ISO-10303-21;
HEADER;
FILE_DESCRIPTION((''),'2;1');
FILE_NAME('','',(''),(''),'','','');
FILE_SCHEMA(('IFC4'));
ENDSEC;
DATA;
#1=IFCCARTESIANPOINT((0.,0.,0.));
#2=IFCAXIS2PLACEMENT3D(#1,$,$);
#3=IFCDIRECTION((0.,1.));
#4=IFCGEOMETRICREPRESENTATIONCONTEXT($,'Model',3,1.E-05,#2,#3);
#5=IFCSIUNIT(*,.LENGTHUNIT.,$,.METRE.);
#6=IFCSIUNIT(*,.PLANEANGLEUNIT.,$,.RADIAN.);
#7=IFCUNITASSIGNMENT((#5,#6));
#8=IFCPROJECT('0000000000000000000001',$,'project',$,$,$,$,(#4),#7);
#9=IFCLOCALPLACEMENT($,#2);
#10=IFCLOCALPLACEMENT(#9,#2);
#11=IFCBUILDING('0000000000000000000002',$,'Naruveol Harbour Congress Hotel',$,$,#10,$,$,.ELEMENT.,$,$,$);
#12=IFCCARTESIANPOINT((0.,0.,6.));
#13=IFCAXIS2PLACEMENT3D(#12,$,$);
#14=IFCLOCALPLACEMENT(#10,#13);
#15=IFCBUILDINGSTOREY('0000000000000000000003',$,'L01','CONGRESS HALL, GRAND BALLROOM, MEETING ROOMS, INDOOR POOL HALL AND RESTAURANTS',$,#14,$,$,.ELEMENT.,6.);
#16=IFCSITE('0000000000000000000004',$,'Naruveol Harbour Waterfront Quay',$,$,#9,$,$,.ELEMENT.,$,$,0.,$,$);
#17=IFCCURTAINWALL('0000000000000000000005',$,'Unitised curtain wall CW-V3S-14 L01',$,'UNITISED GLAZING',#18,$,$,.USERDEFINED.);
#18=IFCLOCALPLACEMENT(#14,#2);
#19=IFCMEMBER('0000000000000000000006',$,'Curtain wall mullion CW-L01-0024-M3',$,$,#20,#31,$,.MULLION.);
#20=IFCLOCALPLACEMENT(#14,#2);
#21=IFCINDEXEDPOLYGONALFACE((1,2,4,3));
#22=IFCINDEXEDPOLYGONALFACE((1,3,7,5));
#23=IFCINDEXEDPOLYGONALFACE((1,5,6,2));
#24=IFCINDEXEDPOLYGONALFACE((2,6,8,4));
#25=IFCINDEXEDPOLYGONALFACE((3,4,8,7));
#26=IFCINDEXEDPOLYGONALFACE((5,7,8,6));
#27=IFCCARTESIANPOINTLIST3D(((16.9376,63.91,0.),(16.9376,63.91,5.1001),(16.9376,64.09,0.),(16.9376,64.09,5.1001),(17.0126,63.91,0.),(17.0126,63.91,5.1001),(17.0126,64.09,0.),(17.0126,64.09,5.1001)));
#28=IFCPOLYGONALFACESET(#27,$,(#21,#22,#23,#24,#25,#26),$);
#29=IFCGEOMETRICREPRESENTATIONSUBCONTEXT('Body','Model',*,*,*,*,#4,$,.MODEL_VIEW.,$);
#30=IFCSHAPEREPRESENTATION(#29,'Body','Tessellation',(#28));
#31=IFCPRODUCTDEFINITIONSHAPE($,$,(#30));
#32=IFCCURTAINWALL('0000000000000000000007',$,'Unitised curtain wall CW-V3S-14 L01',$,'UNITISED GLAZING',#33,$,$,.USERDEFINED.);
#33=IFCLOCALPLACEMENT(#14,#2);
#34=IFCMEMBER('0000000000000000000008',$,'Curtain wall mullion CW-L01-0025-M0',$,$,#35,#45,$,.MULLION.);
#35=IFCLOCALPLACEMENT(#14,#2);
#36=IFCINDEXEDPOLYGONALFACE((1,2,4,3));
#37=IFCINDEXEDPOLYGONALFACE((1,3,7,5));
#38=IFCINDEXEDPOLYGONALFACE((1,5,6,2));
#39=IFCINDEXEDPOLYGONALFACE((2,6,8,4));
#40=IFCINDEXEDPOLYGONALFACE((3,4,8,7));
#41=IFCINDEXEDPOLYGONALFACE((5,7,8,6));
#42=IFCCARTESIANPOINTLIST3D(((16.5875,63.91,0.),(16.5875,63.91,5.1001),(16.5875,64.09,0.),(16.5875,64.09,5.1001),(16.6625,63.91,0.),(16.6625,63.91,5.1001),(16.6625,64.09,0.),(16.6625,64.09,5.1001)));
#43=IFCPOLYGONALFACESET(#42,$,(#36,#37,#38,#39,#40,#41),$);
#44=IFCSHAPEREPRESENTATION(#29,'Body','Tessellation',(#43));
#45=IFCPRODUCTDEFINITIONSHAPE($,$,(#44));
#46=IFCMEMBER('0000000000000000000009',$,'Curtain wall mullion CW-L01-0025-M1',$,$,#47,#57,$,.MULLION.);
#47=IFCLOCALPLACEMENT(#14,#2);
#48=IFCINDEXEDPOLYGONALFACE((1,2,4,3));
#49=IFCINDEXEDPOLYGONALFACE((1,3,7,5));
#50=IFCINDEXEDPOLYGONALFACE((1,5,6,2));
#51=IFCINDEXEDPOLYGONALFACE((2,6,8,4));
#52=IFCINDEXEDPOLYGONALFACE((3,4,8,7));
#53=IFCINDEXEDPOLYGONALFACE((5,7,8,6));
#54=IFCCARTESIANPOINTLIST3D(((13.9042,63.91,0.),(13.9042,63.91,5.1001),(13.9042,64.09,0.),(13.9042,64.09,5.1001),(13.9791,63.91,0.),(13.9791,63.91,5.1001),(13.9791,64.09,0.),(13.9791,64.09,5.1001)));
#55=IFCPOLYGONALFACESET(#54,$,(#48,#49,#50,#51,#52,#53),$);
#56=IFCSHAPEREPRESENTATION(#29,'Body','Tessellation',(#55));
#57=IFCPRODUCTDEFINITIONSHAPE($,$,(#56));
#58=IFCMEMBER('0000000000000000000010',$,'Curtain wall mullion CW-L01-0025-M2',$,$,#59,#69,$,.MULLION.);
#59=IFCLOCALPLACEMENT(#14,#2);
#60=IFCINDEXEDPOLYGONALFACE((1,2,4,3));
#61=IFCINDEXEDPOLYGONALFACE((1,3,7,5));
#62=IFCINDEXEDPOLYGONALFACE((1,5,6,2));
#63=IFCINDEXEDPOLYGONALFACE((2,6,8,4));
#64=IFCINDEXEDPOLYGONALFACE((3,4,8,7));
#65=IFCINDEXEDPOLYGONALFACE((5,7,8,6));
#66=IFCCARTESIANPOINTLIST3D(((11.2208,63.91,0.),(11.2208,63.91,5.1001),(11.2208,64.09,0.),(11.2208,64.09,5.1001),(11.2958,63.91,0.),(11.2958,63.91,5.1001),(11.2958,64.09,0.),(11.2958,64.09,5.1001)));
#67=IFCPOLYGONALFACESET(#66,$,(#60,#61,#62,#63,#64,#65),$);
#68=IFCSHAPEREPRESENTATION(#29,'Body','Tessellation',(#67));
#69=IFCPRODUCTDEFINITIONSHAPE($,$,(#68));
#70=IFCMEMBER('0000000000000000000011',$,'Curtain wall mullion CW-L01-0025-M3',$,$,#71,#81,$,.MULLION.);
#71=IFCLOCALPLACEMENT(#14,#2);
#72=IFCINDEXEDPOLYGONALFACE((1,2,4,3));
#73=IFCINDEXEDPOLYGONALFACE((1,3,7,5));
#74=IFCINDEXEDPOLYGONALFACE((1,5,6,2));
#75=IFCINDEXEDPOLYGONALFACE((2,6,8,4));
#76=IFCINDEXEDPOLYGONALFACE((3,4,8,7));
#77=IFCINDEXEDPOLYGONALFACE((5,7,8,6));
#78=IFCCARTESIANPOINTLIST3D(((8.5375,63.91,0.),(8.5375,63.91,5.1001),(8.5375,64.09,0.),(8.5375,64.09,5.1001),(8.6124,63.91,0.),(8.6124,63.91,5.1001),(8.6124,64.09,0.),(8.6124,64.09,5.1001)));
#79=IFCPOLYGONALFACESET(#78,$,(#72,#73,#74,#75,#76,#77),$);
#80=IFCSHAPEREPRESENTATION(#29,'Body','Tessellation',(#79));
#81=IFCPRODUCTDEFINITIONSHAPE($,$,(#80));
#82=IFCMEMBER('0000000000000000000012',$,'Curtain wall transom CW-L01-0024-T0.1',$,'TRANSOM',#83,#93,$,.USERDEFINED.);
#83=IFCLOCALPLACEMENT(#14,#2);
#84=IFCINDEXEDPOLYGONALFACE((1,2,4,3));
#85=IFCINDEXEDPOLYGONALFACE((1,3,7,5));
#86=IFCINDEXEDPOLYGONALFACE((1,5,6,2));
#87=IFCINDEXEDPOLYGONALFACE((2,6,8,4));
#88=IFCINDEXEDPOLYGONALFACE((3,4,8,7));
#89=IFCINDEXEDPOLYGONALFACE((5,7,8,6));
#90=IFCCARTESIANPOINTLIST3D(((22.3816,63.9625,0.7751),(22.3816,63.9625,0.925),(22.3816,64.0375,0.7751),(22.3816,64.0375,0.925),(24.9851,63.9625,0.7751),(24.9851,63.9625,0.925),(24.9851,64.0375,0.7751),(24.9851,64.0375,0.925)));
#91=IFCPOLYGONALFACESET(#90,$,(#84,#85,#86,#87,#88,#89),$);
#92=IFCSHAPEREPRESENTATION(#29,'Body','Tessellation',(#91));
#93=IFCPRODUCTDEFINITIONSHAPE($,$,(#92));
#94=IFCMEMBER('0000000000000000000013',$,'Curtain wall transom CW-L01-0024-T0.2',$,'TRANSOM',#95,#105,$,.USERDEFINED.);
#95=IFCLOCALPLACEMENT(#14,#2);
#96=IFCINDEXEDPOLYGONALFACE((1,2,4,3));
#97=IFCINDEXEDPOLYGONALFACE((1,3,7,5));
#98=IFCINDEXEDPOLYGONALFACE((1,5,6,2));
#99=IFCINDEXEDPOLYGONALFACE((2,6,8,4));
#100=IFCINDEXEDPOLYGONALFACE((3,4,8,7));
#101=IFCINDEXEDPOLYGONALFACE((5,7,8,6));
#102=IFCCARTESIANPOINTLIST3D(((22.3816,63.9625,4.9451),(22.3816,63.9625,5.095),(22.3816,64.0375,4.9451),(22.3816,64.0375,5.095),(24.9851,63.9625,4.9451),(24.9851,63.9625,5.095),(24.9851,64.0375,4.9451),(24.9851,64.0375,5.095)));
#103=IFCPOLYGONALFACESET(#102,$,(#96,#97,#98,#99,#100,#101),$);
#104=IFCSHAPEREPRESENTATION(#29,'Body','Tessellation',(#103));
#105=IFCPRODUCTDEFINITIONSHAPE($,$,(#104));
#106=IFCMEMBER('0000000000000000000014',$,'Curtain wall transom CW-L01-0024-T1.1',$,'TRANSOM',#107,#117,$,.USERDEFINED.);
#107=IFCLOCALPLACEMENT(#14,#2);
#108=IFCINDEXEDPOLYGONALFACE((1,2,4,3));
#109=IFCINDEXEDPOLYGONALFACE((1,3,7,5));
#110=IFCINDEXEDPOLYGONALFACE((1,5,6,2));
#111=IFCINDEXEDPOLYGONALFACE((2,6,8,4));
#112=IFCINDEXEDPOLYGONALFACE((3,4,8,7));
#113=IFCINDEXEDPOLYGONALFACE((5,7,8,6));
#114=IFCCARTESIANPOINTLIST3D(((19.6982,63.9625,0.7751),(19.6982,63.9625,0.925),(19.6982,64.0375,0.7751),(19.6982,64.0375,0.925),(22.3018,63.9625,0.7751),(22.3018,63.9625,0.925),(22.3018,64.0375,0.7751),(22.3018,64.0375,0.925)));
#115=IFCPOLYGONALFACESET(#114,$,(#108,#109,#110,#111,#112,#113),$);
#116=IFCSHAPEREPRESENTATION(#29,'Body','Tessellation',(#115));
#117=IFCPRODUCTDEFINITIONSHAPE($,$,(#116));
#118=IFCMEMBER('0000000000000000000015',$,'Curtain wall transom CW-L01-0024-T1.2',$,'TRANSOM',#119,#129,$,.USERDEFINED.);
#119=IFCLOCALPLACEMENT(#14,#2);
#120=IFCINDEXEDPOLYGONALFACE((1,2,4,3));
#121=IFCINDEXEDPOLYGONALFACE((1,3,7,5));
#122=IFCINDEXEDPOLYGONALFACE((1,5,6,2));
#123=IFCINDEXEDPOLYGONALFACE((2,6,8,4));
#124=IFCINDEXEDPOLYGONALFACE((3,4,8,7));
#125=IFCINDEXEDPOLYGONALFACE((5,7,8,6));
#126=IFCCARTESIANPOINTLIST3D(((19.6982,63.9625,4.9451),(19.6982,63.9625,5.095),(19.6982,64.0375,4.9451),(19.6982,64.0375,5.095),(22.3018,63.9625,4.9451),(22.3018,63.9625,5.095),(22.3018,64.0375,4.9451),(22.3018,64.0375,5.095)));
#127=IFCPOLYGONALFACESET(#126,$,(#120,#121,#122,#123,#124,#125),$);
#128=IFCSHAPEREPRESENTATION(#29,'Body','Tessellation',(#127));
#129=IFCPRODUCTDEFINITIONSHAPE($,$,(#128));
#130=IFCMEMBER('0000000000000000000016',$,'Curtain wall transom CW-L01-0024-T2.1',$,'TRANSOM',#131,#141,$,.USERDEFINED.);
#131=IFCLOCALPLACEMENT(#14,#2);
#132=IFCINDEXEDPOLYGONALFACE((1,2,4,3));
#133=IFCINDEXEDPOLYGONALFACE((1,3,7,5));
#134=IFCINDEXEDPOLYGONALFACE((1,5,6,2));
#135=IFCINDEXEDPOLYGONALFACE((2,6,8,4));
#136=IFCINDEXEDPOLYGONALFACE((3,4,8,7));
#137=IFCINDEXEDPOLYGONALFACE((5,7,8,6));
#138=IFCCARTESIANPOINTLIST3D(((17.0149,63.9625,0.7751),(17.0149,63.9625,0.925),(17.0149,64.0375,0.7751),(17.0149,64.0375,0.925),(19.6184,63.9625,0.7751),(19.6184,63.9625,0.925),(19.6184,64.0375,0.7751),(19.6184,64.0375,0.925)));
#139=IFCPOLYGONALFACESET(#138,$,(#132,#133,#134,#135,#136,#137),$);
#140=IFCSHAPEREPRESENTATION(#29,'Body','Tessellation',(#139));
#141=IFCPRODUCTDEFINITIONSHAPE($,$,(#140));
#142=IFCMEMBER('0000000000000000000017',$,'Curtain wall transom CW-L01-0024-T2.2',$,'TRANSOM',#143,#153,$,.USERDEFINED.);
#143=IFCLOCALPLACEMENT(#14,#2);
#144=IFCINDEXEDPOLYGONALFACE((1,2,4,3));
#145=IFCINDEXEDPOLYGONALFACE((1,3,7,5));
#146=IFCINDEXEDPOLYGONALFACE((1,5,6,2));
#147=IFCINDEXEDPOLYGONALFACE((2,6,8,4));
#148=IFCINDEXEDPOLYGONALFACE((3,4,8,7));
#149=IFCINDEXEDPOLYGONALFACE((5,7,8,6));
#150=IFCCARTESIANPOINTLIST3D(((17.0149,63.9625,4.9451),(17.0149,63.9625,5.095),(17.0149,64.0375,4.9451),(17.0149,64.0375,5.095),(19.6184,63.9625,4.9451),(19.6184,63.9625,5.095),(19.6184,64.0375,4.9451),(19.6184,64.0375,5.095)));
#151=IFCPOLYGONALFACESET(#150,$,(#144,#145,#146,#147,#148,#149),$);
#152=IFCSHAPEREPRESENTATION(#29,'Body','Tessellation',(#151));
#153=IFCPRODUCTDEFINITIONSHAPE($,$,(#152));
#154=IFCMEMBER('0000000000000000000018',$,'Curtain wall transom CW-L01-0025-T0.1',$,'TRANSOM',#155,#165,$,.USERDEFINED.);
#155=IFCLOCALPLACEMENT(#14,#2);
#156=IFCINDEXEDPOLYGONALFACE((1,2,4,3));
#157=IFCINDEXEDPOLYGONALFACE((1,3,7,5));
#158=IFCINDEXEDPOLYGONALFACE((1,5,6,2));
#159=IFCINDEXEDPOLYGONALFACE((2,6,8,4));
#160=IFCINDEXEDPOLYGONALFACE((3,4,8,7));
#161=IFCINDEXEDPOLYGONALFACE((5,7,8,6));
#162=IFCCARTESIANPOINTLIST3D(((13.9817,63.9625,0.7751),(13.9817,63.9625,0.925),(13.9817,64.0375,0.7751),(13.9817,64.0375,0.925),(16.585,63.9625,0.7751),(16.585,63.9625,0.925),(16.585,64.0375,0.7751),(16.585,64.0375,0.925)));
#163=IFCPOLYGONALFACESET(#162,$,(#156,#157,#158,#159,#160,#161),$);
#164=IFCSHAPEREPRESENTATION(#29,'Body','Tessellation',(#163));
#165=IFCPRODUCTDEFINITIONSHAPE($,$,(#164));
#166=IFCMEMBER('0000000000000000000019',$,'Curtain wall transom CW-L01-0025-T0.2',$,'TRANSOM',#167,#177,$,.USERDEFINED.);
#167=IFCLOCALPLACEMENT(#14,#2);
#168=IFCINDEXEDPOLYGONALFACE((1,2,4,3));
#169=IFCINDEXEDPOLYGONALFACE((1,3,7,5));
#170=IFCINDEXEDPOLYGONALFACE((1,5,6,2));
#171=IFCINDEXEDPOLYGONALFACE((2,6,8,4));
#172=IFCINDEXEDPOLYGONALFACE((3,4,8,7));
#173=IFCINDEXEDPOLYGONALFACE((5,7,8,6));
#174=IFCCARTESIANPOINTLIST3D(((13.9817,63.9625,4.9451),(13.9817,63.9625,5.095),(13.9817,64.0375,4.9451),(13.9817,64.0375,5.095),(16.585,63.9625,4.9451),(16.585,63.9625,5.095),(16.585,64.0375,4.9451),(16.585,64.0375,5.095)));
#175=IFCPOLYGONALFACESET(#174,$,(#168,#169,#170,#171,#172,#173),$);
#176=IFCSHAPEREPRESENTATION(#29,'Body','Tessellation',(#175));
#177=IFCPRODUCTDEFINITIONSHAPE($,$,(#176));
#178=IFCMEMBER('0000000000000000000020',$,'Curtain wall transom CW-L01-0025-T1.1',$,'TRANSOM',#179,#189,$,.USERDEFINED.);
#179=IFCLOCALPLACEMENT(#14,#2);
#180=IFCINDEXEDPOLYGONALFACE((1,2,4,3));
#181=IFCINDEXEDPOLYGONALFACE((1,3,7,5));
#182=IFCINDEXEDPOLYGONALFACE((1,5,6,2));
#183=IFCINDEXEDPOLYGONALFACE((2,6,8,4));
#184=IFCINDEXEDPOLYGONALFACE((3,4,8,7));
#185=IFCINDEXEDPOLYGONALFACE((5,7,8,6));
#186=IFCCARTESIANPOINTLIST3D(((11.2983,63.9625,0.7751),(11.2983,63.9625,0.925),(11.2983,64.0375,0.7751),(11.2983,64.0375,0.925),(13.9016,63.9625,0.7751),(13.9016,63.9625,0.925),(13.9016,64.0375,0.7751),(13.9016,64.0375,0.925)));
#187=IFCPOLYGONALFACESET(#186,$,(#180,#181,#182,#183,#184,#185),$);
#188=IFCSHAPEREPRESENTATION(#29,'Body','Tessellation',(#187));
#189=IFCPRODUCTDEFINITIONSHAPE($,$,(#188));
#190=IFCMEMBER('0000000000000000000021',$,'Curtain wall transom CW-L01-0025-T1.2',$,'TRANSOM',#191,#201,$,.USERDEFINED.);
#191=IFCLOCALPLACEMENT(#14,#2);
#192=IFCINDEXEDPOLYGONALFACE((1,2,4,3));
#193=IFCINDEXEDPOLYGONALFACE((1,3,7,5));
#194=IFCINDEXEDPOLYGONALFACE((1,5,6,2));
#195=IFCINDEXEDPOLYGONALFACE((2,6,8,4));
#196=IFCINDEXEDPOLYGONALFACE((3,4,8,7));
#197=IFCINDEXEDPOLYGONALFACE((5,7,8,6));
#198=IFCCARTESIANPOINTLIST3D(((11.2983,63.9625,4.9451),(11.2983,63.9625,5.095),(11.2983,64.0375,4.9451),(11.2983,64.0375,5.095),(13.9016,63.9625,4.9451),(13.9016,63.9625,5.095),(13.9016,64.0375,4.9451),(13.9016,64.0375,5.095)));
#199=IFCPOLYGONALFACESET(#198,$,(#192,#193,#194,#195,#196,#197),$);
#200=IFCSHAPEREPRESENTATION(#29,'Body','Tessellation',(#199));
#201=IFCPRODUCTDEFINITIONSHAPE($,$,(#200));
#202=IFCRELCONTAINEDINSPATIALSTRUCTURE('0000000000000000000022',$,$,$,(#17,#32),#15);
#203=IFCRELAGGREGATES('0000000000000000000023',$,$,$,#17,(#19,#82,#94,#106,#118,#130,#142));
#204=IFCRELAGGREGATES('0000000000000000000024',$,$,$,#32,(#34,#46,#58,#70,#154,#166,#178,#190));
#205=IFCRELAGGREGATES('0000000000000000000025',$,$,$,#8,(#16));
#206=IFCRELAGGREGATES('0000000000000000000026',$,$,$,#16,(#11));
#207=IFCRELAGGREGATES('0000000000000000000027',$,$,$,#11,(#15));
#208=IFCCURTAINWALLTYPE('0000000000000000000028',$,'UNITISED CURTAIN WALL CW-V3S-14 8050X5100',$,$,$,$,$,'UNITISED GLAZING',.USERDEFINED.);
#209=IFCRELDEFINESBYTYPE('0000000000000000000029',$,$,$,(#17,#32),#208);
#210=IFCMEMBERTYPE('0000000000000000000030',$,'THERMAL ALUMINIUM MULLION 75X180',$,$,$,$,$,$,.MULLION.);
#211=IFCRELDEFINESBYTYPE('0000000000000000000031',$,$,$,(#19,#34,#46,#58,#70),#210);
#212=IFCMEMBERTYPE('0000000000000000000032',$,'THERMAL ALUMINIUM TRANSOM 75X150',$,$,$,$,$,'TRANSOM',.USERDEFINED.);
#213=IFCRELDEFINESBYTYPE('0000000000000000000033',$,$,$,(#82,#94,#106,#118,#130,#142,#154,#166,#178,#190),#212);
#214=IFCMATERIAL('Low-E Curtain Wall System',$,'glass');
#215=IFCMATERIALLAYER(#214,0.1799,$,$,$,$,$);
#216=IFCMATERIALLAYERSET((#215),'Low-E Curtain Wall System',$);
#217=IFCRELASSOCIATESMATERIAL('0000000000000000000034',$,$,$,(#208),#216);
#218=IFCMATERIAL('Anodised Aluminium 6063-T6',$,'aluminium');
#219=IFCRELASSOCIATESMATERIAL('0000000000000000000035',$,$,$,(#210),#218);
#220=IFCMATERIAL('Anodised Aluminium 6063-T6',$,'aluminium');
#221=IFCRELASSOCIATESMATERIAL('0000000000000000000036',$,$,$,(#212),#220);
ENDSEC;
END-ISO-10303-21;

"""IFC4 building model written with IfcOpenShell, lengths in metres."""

from ifc_helpers import new_model, si_unit, direction, frame, origin, origin_2d, place, context, subcontext, project, spatial, rectangle, extrude, material, layer, layer_set, material_profile, profile_set, type_object, element, aggregate, save


model = new_model("IFC4")

# Units and contexts
model_context = context("Model", 3, precision=1e-05, world=origin(), true_north=direction((0.0, 1.0)))
body_context = subcontext(model_context, "Body", "Model", "MODEL_VIEW")
ifc_project = project(units=[si_unit("LENGTHUNIT", "METRE"), si_unit("PLANEANGLEUNIT", "RADIAN")], contexts=[model_context])

# Site, building, storey
site_placement = place(None, origin())
site = spatial("IfcSite", under=ifc_project, at=site_placement, Name="Naruveol Harbour Waterfront Quay", CompositionType="ELEMENT", RefElevation=0.0)
building_placement = place(site_placement, origin())
building = spatial("IfcBuilding", under=site, at=building_placement, Name="Naruveol Harbour Congress Hotel", CompositionType="ELEMENT")
storey_placement = place(building_placement, frame((0.0, 0.0, 6.0)))
storey = spatial("IfcBuildingStorey", under=building, at=storey_placement, Name="L01", Description="CONGRESS HALL, GRAND BALLROOM, MEETING ROOMS, INDOOR POOL HALL AND RESTAURANTS", CompositionType="ELEMENT", Elevation=6.0)

# Shared definitions
ifc_material_1 = material(Name="Low-E Curtain Wall System", Category="glass")
ifc_layer_1 = layer(ifc_material_1, 0.1799)
ifc_layer_set_1 = layer_set([ifc_layer_1], Name="Low-E Curtain Wall System")
curtain_wall_type = type_object("IfcCurtainWallType", Name="UNITISED CURTAIN WALL CW-V3S-14 8050X5100", ElementType="UNITISED GLAZING", PredefinedType="USERDEFINED", material=ifc_layer_set_1)
ifc_material_2 = material(Name="Anodised Aluminium 6063-T6", Category="aluminium")
ifc_material_profile_1 = material_profile(ifc_material_2, rectangle(XDim=0.075, YDim=0.1799, at=origin_2d()), Name="ALU-75x180")
ifc_profile_set_1 = profile_set([ifc_material_profile_1], Name="Anodised Aluminium 6063-T6")
member_type_1 = type_object("IfcMemberType", Name="THERMAL ALUMINIUM MULLION 75X180", PredefinedType="MULLION", material=ifc_profile_set_1)

# Curtain walls, members
curtain_wall_1_placement = place(storey_placement, origin())
curtain_wall_1 = element("IfcCurtainWall", 1, at=curtain_wall_1_placement, inside=storey, type_object=curtain_wall_type, Name="Unitised curtain wall CW-V3S-14 L01", ObjectType="UNITISED GLAZING", PredefinedType="USERDEFINED")
member_1_placement = place(storey_placement, frame((16.9751, 64.0, 0.0), z_axis=(0.0, 0.0, 1.0), x_axis=(1.0, 0.0, 0.0)))
member_1 = element("IfcMember", 2, at=member_1_placement, type_object=member_type_1, Name="Curtain wall mullion CW-L01-0024-M3", PredefinedType="MULLION", context=body_context, shape_type="SweptSolid", body=[
    extrude(rectangle(XDim=0.075, YDim=0.1799, at=origin_2d()), origin(), (0.0, 0.0, 1.0), 5.1001),
])
curtain_wall_2_placement = place(storey_placement, origin())
curtain_wall_2 = element("IfcCurtainWall", 3, at=curtain_wall_2_placement, inside=storey, type_object=curtain_wall_type, Name="Unitised curtain wall CW-V3S-14 L01", ObjectType="UNITISED GLAZING", PredefinedType="USERDEFINED")
member_2_placement = place(storey_placement, frame((16.625, 64.0, 0.0), z_axis=(0.0, 0.0, 1.0), x_axis=(1.0, 0.0, 0.0)))
member_2 = element("IfcMember", 4, at=member_2_placement, type_object=member_type_1, Name="Curtain wall mullion CW-L01-0025-M0", PredefinedType="MULLION", context=body_context, shape_type="SweptSolid", body=[
    extrude(rectangle(XDim=0.075, YDim=0.1799, at=origin_2d()), origin(), (0.0, 0.0, 1.0), 5.1001),
])
member_3_placement = place(storey_placement, frame((13.9417, 64.0, 0.0), z_axis=(0.0, 0.0, 1.0), x_axis=(1.0, 0.0, 0.0)))
member_3 = element("IfcMember", 5, at=member_3_placement, type_object=member_type_1, Name="Curtain wall mullion CW-L01-0025-M1", PredefinedType="MULLION", context=body_context, shape_type="SweptSolid", body=[
    extrude(rectangle(XDim=0.075, YDim=0.1799, at=origin_2d()), origin(), (0.0, 0.0, 1.0), 5.1001),
])
member_4_placement = place(storey_placement, frame((11.2583, 64.0, 0.0), z_axis=(0.0, 0.0, 1.0), x_axis=(1.0, 0.0, 0.0)))
member_4 = element("IfcMember", 6, at=member_4_placement, type_object=member_type_1, Name="Curtain wall mullion CW-L01-0025-M2", PredefinedType="MULLION", context=body_context, shape_type="SweptSolid", body=[
    extrude(rectangle(XDim=0.075, YDim=0.1799, at=origin_2d()), origin(), (0.0, 0.0, 1.0), 5.1001),
])
member_5_placement = place(storey_placement, frame((8.575, 64.0, 0.0), z_axis=(0.0, 0.0, 1.0), x_axis=(1.0, 0.0, 0.0)))
member_5 = element("IfcMember", 7, at=member_5_placement, type_object=member_type_1, Name="Curtain wall mullion CW-L01-0025-M3", PredefinedType="MULLION", context=body_context, shape_type="SweptSolid", body=[
    extrude(rectangle(XDim=0.075, YDim=0.1799, at=origin_2d()), origin(), (0.0, 0.0, 1.0), 5.1001),
])

# Members
ifc_material_3 = material(Name="Anodised Aluminium 6063-T6", Category="aluminium")
ifc_material_profile_2 = material_profile(ifc_material_3, rectangle(XDim=0.075, YDim=0.1499, at=origin_2d()), Name="ALU-75x150")
ifc_profile_set_2 = profile_set([ifc_material_profile_2], Name="Anodised Aluminium 6063-T6")
member_type_2 = type_object("IfcMemberType", Name="THERMAL ALUMINIUM TRANSOM 75X150", ElementType="TRANSOM", PredefinedType="USERDEFINED", material=ifc_profile_set_2)
member_6_placement = place(storey_placement, frame((24.9851, 64.0, 0.8501), z_axis=(-1.0, 0.0, 0.0), x_axis=(0.0, -1.0, 0.0)))
member_6 = element("IfcMember", 8, at=member_6_placement, type_object=member_type_2, Name="Curtain wall transom CW-L01-0024-T0.1", ObjectType="TRANSOM", PredefinedType="USERDEFINED", context=body_context, shape_type="SweptSolid", body=[
    extrude(rectangle(XDim=0.075, YDim=0.1499, at=origin_2d()), origin(), (0.0, 0.0, 1.0), 2.6035),
])
member_7_placement = place(storey_placement, frame((24.9851, 64.0, 5.02), z_axis=(-1.0, 0.0, 0.0), x_axis=(0.0, -1.0, 0.0)))
member_7 = element("IfcMember", 9, at=member_7_placement, type_object=member_type_2, Name="Curtain wall transom CW-L01-0024-T0.2", ObjectType="TRANSOM", PredefinedType="USERDEFINED", context=body_context, shape_type="SweptSolid", body=[
    extrude(rectangle(XDim=0.075, YDim=0.1499, at=origin_2d()), origin(), (0.0, 0.0, 1.0), 2.6035),
])
member_8_placement = place(storey_placement, frame((22.3018, 64.0, 0.8501), z_axis=(-1.0, 0.0, 0.0), x_axis=(0.0, -1.0, 0.0)))
member_8 = element("IfcMember", 10, at=member_8_placement, type_object=member_type_2, Name="Curtain wall transom CW-L01-0024-T1.1", ObjectType="TRANSOM", PredefinedType="USERDEFINED", context=body_context, shape_type="SweptSolid", body=[
    extrude(rectangle(XDim=0.075, YDim=0.1499, at=origin_2d()), origin(), (0.0, 0.0, 1.0), 2.6035),
])
member_9_placement = place(storey_placement, frame((22.3018, 64.0, 5.02), z_axis=(-1.0, 0.0, 0.0), x_axis=(0.0, -1.0, 0.0)))
member_9 = element("IfcMember", 11, at=member_9_placement, type_object=member_type_2, Name="Curtain wall transom CW-L01-0024-T1.2", ObjectType="TRANSOM", PredefinedType="USERDEFINED", context=body_context, shape_type="SweptSolid", body=[
    extrude(rectangle(XDim=0.075, YDim=0.1499, at=origin_2d()), origin(), (0.0, 0.0, 1.0), 2.6035),
])
member_10_placement = place(storey_placement, frame((19.6184, 64.0, 0.8501), z_axis=(-1.0, 0.0, 0.0), x_axis=(0.0, -1.0, 0.0)))
member_10 = element("IfcMember", 12, at=member_10_placement, type_object=member_type_2, Name="Curtain wall transom CW-L01-0024-T2.1", ObjectType="TRANSOM", PredefinedType="USERDEFINED", context=body_context, shape_type="SweptSolid", body=[
    extrude(rectangle(XDim=0.075, YDim=0.1499, at=origin_2d()), origin(), (0.0, 0.0, 1.0), 2.6035),
])
member_11_placement = place(storey_placement, frame((19.6184, 64.0, 5.02), z_axis=(-1.0, 0.0, 0.0), x_axis=(0.0, -1.0, 0.0)))
member_11 = element("IfcMember", 13, at=member_11_placement, type_object=member_type_2, Name="Curtain wall transom CW-L01-0024-T2.2", ObjectType="TRANSOM", PredefinedType="USERDEFINED", context=body_context, shape_type="SweptSolid", body=[
    extrude(rectangle(XDim=0.075, YDim=0.1499, at=origin_2d()), origin(), (0.0, 0.0, 1.0), 2.6035),
])
aggregate(curtain_wall_1, [member_1, member_6, member_7, member_8, member_9, member_10, member_11])
member_12_placement = place(storey_placement, frame((16.585, 64.0, 0.8501), z_axis=(-1.0, 0.0, 0.0), x_axis=(0.0, -1.0, 0.0)))
member_12 = element("IfcMember", 14, at=member_12_placement, type_object=member_type_2, Name="Curtain wall transom CW-L01-0025-T0.1", ObjectType="TRANSOM", PredefinedType="USERDEFINED", context=body_context, shape_type="SweptSolid", body=[
    extrude(rectangle(XDim=0.075, YDim=0.1499, at=origin_2d()), origin(), (0.0, 0.0, 1.0), 2.6033),
])
member_13_placement = place(storey_placement, frame((16.585, 64.0, 5.02), z_axis=(-1.0, 0.0, 0.0), x_axis=(0.0, -1.0, 0.0)))
member_13 = element("IfcMember", 15, at=member_13_placement, type_object=member_type_2, Name="Curtain wall transom CW-L01-0025-T0.2", ObjectType="TRANSOM", PredefinedType="USERDEFINED", context=body_context, shape_type="SweptSolid", body=[
    extrude(rectangle(XDim=0.075, YDim=0.1499, at=origin_2d()), origin(), (0.0, 0.0, 1.0), 2.6033),
])
member_14_placement = place(storey_placement, frame((13.9016, 64.0, 0.8501), z_axis=(-1.0, 0.0, 0.0), x_axis=(0.0, -1.0, 0.0)))
member_14 = element("IfcMember", 16, at=member_14_placement, type_object=member_type_2, Name="Curtain wall transom CW-L01-0025-T1.1", ObjectType="TRANSOM", PredefinedType="USERDEFINED", context=body_context, shape_type="SweptSolid", body=[
    extrude(rectangle(XDim=0.075, YDim=0.1499, at=origin_2d()), origin(), (0.0, 0.0, 1.0), 2.6033),
])
member_15_placement = place(storey_placement, frame((13.9016, 64.0, 5.02), z_axis=(-1.0, 0.0, 0.0), x_axis=(0.0, -1.0, 0.0)))
member_15 = element("IfcMember", 17, at=member_15_placement, type_object=member_type_2, Name="Curtain wall transom CW-L01-0025-T1.2", ObjectType="TRANSOM", PredefinedType="USERDEFINED", context=body_context, shape_type="SweptSolid", body=[
    extrude(rectangle(XDim=0.075, YDim=0.1499, at=origin_2d()), origin(), (0.0, 0.0, 1.0), 2.6033),
])
aggregate(curtain_wall_2, [member_2, member_3, member_4, member_5, member_12, member_13, member_14, member_15])

save(model, "model.ifc")
